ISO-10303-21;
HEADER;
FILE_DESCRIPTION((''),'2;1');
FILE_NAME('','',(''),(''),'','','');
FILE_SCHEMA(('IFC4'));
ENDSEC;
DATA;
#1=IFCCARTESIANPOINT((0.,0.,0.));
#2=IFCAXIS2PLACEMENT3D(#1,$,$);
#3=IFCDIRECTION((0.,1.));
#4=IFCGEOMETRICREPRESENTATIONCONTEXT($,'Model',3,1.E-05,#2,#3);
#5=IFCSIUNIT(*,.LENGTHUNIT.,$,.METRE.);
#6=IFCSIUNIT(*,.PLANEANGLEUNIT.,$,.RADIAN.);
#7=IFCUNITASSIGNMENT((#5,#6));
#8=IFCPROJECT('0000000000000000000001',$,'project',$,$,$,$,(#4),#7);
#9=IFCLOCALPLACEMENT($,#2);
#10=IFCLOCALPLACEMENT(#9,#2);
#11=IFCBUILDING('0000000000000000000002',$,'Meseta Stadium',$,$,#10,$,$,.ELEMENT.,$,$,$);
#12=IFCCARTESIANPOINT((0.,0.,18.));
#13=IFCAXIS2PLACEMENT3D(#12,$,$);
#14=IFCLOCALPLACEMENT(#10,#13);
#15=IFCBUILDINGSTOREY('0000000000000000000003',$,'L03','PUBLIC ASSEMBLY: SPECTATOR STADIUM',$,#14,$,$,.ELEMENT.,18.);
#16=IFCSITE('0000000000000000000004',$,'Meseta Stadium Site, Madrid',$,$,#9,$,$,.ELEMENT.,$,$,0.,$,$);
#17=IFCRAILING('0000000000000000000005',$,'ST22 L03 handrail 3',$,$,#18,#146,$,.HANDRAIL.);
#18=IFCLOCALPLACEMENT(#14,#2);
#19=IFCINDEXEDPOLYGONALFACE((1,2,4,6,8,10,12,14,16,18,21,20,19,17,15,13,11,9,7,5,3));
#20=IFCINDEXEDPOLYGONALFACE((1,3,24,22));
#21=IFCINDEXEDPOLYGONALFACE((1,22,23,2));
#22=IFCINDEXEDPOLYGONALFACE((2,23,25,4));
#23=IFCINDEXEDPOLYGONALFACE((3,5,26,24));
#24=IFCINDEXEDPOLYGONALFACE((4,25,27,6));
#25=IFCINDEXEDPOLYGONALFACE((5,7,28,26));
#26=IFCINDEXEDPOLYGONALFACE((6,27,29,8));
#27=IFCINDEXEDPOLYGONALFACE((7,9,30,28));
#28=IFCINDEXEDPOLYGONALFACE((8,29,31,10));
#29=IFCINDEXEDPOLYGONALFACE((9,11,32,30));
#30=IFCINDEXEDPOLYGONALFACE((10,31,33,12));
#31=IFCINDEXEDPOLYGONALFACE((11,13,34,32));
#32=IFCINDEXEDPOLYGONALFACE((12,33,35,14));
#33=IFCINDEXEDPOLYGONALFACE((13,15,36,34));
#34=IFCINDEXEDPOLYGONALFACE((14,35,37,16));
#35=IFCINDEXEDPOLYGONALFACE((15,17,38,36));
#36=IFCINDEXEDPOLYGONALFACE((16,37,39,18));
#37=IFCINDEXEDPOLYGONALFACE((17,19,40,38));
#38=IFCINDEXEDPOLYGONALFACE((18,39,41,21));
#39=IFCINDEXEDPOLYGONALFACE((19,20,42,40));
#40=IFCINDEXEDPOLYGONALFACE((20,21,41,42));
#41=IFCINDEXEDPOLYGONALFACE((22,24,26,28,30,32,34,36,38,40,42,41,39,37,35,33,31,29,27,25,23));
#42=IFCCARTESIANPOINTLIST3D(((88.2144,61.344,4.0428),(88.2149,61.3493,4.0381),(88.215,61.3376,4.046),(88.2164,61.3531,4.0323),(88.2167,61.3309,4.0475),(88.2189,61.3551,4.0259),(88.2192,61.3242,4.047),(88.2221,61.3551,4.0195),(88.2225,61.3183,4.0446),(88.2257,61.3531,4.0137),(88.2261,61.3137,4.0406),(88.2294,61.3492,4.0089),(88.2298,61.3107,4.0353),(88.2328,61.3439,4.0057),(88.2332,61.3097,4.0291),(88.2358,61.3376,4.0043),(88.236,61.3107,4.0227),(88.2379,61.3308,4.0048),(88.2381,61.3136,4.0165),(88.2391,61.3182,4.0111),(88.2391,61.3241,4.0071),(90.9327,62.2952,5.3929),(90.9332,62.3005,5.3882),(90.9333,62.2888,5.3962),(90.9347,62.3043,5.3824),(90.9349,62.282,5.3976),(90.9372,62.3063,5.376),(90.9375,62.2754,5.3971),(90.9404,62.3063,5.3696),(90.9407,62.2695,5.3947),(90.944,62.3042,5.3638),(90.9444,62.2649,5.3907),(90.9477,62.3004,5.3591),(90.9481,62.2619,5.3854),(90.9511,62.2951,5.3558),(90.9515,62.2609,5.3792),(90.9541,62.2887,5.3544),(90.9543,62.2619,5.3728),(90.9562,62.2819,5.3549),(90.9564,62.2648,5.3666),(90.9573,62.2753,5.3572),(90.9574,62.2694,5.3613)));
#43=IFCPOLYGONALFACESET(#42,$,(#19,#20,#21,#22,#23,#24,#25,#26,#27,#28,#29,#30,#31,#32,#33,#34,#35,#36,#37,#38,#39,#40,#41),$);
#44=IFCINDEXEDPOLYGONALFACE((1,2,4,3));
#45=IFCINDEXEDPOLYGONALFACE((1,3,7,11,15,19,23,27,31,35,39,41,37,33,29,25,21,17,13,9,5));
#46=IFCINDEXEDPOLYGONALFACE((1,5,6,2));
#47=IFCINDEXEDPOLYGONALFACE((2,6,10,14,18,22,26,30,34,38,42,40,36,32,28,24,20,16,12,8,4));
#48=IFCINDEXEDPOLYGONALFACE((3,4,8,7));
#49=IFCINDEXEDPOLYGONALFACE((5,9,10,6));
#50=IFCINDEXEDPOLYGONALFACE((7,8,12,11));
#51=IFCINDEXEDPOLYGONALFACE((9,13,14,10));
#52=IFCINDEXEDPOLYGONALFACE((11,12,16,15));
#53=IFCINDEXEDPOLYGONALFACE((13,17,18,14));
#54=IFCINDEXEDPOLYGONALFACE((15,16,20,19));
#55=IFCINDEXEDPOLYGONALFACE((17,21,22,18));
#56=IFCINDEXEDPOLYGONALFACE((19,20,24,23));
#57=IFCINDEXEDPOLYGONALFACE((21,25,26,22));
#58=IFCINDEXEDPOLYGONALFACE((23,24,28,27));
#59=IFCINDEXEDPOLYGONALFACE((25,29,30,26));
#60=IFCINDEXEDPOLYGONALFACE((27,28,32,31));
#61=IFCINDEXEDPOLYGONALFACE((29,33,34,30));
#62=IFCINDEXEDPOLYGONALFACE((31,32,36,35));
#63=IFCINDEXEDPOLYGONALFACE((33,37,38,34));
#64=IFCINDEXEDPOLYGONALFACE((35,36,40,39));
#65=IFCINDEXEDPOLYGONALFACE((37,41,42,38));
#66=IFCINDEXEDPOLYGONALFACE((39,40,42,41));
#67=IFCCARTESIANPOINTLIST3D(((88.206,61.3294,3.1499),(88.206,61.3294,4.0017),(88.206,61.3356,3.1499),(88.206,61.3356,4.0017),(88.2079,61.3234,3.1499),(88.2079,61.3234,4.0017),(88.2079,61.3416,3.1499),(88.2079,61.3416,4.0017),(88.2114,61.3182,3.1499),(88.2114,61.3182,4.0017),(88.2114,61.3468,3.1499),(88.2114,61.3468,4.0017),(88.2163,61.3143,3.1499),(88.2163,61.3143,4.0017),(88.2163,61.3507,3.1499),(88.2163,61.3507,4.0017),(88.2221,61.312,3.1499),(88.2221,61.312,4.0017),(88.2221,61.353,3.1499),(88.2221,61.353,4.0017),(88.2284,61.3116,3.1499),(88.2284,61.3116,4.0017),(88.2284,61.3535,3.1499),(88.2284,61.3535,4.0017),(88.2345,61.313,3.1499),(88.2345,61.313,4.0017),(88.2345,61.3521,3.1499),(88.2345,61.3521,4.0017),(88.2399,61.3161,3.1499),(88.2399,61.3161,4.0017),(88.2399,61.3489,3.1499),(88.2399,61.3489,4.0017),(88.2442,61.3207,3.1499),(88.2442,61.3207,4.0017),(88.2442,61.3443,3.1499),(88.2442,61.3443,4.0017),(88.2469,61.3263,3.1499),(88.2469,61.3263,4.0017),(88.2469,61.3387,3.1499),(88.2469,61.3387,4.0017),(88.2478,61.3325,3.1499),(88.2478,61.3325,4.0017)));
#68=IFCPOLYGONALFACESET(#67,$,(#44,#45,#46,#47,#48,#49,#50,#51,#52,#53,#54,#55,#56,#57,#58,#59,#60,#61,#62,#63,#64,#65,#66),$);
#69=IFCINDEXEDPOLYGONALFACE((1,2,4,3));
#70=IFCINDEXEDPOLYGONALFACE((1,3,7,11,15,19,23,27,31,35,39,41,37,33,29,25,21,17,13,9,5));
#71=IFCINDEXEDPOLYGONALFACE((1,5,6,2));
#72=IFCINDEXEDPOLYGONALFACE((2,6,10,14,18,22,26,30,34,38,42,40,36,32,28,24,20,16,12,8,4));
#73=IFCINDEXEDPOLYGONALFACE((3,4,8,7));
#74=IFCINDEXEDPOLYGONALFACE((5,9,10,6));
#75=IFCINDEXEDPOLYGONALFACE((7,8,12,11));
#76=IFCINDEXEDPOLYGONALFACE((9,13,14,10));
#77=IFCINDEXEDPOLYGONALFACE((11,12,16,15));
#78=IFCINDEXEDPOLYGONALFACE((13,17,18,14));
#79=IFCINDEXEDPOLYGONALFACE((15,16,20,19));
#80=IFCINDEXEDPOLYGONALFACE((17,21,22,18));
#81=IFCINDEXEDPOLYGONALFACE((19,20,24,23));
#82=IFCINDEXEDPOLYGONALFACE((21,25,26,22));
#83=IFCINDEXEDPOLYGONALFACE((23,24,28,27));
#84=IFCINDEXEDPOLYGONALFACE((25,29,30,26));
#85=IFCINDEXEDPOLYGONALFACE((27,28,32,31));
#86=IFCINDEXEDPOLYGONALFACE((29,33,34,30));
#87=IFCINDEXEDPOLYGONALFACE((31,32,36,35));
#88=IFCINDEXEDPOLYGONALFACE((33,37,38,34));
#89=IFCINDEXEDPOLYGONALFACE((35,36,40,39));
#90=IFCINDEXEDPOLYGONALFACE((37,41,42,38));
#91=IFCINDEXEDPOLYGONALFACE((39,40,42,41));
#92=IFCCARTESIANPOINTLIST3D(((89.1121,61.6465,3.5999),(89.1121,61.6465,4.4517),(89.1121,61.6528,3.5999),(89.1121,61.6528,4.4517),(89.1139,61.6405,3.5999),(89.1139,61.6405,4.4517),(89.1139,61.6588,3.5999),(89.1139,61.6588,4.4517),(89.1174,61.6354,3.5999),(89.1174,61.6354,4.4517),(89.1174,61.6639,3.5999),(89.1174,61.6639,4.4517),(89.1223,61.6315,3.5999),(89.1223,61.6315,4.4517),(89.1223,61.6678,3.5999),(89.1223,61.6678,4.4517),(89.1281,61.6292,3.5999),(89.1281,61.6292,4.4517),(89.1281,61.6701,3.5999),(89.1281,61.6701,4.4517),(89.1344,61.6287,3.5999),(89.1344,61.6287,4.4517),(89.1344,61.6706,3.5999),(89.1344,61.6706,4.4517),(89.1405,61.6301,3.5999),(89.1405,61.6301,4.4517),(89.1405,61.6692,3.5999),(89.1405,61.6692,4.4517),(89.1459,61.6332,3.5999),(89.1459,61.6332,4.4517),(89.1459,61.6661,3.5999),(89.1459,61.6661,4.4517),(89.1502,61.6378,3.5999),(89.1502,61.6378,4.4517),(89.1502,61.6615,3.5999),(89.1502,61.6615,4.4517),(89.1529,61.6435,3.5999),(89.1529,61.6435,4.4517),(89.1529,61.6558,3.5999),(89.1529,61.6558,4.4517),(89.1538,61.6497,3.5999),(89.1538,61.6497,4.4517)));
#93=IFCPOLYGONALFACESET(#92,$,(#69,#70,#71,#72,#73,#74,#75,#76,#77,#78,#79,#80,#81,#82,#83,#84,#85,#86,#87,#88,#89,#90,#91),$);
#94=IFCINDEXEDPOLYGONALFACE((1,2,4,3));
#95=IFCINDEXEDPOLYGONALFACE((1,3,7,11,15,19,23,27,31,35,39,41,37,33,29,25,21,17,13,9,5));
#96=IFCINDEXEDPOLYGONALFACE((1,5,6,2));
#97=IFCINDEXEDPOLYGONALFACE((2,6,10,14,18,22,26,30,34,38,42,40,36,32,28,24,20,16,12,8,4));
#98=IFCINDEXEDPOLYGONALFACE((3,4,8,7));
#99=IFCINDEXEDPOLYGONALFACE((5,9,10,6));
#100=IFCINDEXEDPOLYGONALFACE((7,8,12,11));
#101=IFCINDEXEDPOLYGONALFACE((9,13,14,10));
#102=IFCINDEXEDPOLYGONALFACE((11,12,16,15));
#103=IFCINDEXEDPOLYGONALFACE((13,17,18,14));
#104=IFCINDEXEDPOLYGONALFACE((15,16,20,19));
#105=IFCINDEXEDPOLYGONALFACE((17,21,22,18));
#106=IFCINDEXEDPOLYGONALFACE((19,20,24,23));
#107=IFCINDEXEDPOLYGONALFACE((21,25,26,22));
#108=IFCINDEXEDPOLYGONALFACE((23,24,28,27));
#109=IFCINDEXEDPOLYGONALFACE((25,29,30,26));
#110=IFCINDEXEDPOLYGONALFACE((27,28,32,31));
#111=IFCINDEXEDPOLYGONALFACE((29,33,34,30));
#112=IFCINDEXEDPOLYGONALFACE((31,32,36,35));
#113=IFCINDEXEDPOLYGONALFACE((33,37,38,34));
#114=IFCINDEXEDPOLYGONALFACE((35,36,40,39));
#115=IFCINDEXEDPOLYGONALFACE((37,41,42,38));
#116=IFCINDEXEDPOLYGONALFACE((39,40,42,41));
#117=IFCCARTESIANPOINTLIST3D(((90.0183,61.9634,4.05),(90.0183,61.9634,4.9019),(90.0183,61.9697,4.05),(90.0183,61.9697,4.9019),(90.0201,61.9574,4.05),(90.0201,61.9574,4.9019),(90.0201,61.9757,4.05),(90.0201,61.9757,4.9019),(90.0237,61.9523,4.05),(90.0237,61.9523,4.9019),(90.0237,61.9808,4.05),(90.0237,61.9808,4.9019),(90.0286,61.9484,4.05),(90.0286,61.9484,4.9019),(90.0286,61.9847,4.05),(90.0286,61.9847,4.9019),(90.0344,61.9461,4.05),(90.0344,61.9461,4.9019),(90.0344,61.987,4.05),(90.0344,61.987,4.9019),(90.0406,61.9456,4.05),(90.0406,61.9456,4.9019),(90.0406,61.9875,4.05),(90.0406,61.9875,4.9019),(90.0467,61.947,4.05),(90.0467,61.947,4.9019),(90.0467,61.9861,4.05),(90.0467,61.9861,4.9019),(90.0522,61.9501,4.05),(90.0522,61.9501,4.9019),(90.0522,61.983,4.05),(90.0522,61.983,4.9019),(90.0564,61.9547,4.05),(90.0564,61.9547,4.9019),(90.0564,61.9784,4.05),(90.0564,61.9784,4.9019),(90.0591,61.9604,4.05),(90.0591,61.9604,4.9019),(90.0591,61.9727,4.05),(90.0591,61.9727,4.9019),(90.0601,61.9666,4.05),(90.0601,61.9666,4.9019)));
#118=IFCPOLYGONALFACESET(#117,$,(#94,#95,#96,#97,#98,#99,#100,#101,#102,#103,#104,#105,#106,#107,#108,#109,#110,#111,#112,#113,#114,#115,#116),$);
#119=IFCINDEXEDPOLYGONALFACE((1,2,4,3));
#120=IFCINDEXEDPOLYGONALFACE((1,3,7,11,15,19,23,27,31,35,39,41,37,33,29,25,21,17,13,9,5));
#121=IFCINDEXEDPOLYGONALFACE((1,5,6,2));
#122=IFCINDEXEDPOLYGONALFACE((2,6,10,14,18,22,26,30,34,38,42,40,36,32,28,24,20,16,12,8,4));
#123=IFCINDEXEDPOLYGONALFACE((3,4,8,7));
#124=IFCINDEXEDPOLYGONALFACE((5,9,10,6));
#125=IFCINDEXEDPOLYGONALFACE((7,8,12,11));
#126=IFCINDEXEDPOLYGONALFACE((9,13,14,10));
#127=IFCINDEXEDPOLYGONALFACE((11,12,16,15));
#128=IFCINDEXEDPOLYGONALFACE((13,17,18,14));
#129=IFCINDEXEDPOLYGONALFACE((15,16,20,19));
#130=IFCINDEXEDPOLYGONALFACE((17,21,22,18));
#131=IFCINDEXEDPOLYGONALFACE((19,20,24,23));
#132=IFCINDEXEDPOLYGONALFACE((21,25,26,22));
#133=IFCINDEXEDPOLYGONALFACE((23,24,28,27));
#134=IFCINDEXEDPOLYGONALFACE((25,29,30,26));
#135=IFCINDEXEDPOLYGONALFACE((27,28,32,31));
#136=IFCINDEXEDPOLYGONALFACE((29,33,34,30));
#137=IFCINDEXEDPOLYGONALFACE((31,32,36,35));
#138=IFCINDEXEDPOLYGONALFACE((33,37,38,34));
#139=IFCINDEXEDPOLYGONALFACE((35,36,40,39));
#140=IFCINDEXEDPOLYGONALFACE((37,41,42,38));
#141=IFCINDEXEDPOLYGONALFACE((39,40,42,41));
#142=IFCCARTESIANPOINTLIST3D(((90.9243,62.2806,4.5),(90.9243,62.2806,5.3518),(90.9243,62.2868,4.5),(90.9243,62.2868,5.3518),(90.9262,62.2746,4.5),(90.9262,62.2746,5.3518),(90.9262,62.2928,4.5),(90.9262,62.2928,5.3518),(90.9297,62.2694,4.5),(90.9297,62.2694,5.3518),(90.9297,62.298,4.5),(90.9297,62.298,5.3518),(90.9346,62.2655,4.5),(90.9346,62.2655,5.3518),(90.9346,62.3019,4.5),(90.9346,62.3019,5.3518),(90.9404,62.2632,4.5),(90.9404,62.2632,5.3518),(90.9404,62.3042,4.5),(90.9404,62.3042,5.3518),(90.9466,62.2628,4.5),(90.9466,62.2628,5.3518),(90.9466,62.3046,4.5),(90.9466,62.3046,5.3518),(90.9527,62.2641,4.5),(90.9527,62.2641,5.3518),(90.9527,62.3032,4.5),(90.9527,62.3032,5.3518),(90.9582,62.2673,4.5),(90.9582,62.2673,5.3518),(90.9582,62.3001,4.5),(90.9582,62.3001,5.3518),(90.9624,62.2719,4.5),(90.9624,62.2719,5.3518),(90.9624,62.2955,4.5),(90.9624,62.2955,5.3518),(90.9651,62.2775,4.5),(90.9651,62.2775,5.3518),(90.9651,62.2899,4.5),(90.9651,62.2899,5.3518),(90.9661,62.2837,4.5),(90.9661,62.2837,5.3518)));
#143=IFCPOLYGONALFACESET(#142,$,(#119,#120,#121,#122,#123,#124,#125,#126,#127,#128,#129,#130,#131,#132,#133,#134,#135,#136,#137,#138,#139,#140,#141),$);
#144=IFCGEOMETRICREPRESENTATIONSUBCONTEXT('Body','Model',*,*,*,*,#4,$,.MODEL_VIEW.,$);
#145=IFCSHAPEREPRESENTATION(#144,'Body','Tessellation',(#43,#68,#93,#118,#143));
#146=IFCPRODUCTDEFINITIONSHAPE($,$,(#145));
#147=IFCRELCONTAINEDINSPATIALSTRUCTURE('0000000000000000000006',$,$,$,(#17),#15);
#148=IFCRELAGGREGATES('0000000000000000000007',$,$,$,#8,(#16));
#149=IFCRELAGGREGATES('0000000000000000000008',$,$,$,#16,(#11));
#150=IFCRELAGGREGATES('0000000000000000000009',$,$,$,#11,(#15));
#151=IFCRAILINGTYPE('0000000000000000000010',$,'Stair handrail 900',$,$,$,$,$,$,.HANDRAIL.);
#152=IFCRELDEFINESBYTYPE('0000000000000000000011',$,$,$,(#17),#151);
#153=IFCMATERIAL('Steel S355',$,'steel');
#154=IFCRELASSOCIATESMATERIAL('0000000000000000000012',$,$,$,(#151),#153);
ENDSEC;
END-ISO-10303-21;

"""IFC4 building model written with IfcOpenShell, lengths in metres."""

from ifc_helpers import new_model, si_unit, direction, frame, origin, origin_2d, place, context, subcontext, project, spatial, circle, extrude, material, type_object, element, save


model = new_model("IFC4")

# Units and contexts
model_context = context("Model", 3, precision=1e-05, world=origin(), true_north=direction((0.0, 1.0)))
body_context = subcontext(model_context, "Body", "Model", "MODEL_VIEW")
ifc_project = project(units=[si_unit("LENGTHUNIT", "METRE"), si_unit("PLANEANGLEUNIT", "RADIAN")], contexts=[model_context])

# Site, building, storey
site_placement = place(None, origin())
site = spatial("IfcSite", under=ifc_project, at=site_placement, Name="Meseta Stadium Site, Madrid", CompositionType="ELEMENT", RefElevation=0.0)
building_placement = place(site_placement, origin())
building = spatial("IfcBuilding", under=site, at=building_placement, Name="Meseta Stadium", CompositionType="ELEMENT")
storey_placement = place(building_placement, frame((0.0, 0.0, 18.0)))
storey = spatial("IfcBuildingStorey", under=building, at=storey_placement, Name="L03", Description="PUBLIC ASSEMBLY: SPECTATOR STADIUM", CompositionType="ELEMENT", Elevation=18.0)

# Railing
ifc_material_1 = material(Name="Steel S355", Category="steel")
railing_type_1 = type_object("IfcRailingType", Name="Stair handrail 900", PredefinedType="HANDRAIL", material=ifc_material_1)
for number, where, name in (
    (1, (88.2268, 61.3325, 3.1499), "ST22 L03 handrail 3"),
):
    element("IfcRailing", number, at=place(storey_placement, frame(where)), inside=storey, type_object=railing_type_1, Name=name, PredefinedType="HANDRAIL", context=body_context, shape_type="SweptSolid", body=[
        extrude(circle(Radius=0.0239, at=origin_2d()), frame((0.0, 0.0, 0.876), z_axis=(0.854629, 0.299051, 0.424474), x_axis=(-0.330282, 0.943882, 0.0)), (0.0, 0.0, 1.0), 3.1807),
        extrude(circle(Radius=0.021, at=origin_2d()), origin(), (0.0, 0.0, 1.0), 0.8518),
        extrude(circle(Radius=0.021, at=origin_2d()), frame((0.906, 0.3171, 0.45)), (0.0, 0.0, 1.0), 0.8518),
        extrude(circle(Radius=0.021, at=origin_2d()), frame((1.8123, 0.634, 0.9001)), (0.0, 0.0, 1.0), 0.8518),
        extrude(circle(Radius=0.021, at=origin_2d()), frame((2.7183, 0.9512, 1.3501)), (0.0, 0.0, 1.0), 0.8518),
    ])

save(model, "model.ifc")
